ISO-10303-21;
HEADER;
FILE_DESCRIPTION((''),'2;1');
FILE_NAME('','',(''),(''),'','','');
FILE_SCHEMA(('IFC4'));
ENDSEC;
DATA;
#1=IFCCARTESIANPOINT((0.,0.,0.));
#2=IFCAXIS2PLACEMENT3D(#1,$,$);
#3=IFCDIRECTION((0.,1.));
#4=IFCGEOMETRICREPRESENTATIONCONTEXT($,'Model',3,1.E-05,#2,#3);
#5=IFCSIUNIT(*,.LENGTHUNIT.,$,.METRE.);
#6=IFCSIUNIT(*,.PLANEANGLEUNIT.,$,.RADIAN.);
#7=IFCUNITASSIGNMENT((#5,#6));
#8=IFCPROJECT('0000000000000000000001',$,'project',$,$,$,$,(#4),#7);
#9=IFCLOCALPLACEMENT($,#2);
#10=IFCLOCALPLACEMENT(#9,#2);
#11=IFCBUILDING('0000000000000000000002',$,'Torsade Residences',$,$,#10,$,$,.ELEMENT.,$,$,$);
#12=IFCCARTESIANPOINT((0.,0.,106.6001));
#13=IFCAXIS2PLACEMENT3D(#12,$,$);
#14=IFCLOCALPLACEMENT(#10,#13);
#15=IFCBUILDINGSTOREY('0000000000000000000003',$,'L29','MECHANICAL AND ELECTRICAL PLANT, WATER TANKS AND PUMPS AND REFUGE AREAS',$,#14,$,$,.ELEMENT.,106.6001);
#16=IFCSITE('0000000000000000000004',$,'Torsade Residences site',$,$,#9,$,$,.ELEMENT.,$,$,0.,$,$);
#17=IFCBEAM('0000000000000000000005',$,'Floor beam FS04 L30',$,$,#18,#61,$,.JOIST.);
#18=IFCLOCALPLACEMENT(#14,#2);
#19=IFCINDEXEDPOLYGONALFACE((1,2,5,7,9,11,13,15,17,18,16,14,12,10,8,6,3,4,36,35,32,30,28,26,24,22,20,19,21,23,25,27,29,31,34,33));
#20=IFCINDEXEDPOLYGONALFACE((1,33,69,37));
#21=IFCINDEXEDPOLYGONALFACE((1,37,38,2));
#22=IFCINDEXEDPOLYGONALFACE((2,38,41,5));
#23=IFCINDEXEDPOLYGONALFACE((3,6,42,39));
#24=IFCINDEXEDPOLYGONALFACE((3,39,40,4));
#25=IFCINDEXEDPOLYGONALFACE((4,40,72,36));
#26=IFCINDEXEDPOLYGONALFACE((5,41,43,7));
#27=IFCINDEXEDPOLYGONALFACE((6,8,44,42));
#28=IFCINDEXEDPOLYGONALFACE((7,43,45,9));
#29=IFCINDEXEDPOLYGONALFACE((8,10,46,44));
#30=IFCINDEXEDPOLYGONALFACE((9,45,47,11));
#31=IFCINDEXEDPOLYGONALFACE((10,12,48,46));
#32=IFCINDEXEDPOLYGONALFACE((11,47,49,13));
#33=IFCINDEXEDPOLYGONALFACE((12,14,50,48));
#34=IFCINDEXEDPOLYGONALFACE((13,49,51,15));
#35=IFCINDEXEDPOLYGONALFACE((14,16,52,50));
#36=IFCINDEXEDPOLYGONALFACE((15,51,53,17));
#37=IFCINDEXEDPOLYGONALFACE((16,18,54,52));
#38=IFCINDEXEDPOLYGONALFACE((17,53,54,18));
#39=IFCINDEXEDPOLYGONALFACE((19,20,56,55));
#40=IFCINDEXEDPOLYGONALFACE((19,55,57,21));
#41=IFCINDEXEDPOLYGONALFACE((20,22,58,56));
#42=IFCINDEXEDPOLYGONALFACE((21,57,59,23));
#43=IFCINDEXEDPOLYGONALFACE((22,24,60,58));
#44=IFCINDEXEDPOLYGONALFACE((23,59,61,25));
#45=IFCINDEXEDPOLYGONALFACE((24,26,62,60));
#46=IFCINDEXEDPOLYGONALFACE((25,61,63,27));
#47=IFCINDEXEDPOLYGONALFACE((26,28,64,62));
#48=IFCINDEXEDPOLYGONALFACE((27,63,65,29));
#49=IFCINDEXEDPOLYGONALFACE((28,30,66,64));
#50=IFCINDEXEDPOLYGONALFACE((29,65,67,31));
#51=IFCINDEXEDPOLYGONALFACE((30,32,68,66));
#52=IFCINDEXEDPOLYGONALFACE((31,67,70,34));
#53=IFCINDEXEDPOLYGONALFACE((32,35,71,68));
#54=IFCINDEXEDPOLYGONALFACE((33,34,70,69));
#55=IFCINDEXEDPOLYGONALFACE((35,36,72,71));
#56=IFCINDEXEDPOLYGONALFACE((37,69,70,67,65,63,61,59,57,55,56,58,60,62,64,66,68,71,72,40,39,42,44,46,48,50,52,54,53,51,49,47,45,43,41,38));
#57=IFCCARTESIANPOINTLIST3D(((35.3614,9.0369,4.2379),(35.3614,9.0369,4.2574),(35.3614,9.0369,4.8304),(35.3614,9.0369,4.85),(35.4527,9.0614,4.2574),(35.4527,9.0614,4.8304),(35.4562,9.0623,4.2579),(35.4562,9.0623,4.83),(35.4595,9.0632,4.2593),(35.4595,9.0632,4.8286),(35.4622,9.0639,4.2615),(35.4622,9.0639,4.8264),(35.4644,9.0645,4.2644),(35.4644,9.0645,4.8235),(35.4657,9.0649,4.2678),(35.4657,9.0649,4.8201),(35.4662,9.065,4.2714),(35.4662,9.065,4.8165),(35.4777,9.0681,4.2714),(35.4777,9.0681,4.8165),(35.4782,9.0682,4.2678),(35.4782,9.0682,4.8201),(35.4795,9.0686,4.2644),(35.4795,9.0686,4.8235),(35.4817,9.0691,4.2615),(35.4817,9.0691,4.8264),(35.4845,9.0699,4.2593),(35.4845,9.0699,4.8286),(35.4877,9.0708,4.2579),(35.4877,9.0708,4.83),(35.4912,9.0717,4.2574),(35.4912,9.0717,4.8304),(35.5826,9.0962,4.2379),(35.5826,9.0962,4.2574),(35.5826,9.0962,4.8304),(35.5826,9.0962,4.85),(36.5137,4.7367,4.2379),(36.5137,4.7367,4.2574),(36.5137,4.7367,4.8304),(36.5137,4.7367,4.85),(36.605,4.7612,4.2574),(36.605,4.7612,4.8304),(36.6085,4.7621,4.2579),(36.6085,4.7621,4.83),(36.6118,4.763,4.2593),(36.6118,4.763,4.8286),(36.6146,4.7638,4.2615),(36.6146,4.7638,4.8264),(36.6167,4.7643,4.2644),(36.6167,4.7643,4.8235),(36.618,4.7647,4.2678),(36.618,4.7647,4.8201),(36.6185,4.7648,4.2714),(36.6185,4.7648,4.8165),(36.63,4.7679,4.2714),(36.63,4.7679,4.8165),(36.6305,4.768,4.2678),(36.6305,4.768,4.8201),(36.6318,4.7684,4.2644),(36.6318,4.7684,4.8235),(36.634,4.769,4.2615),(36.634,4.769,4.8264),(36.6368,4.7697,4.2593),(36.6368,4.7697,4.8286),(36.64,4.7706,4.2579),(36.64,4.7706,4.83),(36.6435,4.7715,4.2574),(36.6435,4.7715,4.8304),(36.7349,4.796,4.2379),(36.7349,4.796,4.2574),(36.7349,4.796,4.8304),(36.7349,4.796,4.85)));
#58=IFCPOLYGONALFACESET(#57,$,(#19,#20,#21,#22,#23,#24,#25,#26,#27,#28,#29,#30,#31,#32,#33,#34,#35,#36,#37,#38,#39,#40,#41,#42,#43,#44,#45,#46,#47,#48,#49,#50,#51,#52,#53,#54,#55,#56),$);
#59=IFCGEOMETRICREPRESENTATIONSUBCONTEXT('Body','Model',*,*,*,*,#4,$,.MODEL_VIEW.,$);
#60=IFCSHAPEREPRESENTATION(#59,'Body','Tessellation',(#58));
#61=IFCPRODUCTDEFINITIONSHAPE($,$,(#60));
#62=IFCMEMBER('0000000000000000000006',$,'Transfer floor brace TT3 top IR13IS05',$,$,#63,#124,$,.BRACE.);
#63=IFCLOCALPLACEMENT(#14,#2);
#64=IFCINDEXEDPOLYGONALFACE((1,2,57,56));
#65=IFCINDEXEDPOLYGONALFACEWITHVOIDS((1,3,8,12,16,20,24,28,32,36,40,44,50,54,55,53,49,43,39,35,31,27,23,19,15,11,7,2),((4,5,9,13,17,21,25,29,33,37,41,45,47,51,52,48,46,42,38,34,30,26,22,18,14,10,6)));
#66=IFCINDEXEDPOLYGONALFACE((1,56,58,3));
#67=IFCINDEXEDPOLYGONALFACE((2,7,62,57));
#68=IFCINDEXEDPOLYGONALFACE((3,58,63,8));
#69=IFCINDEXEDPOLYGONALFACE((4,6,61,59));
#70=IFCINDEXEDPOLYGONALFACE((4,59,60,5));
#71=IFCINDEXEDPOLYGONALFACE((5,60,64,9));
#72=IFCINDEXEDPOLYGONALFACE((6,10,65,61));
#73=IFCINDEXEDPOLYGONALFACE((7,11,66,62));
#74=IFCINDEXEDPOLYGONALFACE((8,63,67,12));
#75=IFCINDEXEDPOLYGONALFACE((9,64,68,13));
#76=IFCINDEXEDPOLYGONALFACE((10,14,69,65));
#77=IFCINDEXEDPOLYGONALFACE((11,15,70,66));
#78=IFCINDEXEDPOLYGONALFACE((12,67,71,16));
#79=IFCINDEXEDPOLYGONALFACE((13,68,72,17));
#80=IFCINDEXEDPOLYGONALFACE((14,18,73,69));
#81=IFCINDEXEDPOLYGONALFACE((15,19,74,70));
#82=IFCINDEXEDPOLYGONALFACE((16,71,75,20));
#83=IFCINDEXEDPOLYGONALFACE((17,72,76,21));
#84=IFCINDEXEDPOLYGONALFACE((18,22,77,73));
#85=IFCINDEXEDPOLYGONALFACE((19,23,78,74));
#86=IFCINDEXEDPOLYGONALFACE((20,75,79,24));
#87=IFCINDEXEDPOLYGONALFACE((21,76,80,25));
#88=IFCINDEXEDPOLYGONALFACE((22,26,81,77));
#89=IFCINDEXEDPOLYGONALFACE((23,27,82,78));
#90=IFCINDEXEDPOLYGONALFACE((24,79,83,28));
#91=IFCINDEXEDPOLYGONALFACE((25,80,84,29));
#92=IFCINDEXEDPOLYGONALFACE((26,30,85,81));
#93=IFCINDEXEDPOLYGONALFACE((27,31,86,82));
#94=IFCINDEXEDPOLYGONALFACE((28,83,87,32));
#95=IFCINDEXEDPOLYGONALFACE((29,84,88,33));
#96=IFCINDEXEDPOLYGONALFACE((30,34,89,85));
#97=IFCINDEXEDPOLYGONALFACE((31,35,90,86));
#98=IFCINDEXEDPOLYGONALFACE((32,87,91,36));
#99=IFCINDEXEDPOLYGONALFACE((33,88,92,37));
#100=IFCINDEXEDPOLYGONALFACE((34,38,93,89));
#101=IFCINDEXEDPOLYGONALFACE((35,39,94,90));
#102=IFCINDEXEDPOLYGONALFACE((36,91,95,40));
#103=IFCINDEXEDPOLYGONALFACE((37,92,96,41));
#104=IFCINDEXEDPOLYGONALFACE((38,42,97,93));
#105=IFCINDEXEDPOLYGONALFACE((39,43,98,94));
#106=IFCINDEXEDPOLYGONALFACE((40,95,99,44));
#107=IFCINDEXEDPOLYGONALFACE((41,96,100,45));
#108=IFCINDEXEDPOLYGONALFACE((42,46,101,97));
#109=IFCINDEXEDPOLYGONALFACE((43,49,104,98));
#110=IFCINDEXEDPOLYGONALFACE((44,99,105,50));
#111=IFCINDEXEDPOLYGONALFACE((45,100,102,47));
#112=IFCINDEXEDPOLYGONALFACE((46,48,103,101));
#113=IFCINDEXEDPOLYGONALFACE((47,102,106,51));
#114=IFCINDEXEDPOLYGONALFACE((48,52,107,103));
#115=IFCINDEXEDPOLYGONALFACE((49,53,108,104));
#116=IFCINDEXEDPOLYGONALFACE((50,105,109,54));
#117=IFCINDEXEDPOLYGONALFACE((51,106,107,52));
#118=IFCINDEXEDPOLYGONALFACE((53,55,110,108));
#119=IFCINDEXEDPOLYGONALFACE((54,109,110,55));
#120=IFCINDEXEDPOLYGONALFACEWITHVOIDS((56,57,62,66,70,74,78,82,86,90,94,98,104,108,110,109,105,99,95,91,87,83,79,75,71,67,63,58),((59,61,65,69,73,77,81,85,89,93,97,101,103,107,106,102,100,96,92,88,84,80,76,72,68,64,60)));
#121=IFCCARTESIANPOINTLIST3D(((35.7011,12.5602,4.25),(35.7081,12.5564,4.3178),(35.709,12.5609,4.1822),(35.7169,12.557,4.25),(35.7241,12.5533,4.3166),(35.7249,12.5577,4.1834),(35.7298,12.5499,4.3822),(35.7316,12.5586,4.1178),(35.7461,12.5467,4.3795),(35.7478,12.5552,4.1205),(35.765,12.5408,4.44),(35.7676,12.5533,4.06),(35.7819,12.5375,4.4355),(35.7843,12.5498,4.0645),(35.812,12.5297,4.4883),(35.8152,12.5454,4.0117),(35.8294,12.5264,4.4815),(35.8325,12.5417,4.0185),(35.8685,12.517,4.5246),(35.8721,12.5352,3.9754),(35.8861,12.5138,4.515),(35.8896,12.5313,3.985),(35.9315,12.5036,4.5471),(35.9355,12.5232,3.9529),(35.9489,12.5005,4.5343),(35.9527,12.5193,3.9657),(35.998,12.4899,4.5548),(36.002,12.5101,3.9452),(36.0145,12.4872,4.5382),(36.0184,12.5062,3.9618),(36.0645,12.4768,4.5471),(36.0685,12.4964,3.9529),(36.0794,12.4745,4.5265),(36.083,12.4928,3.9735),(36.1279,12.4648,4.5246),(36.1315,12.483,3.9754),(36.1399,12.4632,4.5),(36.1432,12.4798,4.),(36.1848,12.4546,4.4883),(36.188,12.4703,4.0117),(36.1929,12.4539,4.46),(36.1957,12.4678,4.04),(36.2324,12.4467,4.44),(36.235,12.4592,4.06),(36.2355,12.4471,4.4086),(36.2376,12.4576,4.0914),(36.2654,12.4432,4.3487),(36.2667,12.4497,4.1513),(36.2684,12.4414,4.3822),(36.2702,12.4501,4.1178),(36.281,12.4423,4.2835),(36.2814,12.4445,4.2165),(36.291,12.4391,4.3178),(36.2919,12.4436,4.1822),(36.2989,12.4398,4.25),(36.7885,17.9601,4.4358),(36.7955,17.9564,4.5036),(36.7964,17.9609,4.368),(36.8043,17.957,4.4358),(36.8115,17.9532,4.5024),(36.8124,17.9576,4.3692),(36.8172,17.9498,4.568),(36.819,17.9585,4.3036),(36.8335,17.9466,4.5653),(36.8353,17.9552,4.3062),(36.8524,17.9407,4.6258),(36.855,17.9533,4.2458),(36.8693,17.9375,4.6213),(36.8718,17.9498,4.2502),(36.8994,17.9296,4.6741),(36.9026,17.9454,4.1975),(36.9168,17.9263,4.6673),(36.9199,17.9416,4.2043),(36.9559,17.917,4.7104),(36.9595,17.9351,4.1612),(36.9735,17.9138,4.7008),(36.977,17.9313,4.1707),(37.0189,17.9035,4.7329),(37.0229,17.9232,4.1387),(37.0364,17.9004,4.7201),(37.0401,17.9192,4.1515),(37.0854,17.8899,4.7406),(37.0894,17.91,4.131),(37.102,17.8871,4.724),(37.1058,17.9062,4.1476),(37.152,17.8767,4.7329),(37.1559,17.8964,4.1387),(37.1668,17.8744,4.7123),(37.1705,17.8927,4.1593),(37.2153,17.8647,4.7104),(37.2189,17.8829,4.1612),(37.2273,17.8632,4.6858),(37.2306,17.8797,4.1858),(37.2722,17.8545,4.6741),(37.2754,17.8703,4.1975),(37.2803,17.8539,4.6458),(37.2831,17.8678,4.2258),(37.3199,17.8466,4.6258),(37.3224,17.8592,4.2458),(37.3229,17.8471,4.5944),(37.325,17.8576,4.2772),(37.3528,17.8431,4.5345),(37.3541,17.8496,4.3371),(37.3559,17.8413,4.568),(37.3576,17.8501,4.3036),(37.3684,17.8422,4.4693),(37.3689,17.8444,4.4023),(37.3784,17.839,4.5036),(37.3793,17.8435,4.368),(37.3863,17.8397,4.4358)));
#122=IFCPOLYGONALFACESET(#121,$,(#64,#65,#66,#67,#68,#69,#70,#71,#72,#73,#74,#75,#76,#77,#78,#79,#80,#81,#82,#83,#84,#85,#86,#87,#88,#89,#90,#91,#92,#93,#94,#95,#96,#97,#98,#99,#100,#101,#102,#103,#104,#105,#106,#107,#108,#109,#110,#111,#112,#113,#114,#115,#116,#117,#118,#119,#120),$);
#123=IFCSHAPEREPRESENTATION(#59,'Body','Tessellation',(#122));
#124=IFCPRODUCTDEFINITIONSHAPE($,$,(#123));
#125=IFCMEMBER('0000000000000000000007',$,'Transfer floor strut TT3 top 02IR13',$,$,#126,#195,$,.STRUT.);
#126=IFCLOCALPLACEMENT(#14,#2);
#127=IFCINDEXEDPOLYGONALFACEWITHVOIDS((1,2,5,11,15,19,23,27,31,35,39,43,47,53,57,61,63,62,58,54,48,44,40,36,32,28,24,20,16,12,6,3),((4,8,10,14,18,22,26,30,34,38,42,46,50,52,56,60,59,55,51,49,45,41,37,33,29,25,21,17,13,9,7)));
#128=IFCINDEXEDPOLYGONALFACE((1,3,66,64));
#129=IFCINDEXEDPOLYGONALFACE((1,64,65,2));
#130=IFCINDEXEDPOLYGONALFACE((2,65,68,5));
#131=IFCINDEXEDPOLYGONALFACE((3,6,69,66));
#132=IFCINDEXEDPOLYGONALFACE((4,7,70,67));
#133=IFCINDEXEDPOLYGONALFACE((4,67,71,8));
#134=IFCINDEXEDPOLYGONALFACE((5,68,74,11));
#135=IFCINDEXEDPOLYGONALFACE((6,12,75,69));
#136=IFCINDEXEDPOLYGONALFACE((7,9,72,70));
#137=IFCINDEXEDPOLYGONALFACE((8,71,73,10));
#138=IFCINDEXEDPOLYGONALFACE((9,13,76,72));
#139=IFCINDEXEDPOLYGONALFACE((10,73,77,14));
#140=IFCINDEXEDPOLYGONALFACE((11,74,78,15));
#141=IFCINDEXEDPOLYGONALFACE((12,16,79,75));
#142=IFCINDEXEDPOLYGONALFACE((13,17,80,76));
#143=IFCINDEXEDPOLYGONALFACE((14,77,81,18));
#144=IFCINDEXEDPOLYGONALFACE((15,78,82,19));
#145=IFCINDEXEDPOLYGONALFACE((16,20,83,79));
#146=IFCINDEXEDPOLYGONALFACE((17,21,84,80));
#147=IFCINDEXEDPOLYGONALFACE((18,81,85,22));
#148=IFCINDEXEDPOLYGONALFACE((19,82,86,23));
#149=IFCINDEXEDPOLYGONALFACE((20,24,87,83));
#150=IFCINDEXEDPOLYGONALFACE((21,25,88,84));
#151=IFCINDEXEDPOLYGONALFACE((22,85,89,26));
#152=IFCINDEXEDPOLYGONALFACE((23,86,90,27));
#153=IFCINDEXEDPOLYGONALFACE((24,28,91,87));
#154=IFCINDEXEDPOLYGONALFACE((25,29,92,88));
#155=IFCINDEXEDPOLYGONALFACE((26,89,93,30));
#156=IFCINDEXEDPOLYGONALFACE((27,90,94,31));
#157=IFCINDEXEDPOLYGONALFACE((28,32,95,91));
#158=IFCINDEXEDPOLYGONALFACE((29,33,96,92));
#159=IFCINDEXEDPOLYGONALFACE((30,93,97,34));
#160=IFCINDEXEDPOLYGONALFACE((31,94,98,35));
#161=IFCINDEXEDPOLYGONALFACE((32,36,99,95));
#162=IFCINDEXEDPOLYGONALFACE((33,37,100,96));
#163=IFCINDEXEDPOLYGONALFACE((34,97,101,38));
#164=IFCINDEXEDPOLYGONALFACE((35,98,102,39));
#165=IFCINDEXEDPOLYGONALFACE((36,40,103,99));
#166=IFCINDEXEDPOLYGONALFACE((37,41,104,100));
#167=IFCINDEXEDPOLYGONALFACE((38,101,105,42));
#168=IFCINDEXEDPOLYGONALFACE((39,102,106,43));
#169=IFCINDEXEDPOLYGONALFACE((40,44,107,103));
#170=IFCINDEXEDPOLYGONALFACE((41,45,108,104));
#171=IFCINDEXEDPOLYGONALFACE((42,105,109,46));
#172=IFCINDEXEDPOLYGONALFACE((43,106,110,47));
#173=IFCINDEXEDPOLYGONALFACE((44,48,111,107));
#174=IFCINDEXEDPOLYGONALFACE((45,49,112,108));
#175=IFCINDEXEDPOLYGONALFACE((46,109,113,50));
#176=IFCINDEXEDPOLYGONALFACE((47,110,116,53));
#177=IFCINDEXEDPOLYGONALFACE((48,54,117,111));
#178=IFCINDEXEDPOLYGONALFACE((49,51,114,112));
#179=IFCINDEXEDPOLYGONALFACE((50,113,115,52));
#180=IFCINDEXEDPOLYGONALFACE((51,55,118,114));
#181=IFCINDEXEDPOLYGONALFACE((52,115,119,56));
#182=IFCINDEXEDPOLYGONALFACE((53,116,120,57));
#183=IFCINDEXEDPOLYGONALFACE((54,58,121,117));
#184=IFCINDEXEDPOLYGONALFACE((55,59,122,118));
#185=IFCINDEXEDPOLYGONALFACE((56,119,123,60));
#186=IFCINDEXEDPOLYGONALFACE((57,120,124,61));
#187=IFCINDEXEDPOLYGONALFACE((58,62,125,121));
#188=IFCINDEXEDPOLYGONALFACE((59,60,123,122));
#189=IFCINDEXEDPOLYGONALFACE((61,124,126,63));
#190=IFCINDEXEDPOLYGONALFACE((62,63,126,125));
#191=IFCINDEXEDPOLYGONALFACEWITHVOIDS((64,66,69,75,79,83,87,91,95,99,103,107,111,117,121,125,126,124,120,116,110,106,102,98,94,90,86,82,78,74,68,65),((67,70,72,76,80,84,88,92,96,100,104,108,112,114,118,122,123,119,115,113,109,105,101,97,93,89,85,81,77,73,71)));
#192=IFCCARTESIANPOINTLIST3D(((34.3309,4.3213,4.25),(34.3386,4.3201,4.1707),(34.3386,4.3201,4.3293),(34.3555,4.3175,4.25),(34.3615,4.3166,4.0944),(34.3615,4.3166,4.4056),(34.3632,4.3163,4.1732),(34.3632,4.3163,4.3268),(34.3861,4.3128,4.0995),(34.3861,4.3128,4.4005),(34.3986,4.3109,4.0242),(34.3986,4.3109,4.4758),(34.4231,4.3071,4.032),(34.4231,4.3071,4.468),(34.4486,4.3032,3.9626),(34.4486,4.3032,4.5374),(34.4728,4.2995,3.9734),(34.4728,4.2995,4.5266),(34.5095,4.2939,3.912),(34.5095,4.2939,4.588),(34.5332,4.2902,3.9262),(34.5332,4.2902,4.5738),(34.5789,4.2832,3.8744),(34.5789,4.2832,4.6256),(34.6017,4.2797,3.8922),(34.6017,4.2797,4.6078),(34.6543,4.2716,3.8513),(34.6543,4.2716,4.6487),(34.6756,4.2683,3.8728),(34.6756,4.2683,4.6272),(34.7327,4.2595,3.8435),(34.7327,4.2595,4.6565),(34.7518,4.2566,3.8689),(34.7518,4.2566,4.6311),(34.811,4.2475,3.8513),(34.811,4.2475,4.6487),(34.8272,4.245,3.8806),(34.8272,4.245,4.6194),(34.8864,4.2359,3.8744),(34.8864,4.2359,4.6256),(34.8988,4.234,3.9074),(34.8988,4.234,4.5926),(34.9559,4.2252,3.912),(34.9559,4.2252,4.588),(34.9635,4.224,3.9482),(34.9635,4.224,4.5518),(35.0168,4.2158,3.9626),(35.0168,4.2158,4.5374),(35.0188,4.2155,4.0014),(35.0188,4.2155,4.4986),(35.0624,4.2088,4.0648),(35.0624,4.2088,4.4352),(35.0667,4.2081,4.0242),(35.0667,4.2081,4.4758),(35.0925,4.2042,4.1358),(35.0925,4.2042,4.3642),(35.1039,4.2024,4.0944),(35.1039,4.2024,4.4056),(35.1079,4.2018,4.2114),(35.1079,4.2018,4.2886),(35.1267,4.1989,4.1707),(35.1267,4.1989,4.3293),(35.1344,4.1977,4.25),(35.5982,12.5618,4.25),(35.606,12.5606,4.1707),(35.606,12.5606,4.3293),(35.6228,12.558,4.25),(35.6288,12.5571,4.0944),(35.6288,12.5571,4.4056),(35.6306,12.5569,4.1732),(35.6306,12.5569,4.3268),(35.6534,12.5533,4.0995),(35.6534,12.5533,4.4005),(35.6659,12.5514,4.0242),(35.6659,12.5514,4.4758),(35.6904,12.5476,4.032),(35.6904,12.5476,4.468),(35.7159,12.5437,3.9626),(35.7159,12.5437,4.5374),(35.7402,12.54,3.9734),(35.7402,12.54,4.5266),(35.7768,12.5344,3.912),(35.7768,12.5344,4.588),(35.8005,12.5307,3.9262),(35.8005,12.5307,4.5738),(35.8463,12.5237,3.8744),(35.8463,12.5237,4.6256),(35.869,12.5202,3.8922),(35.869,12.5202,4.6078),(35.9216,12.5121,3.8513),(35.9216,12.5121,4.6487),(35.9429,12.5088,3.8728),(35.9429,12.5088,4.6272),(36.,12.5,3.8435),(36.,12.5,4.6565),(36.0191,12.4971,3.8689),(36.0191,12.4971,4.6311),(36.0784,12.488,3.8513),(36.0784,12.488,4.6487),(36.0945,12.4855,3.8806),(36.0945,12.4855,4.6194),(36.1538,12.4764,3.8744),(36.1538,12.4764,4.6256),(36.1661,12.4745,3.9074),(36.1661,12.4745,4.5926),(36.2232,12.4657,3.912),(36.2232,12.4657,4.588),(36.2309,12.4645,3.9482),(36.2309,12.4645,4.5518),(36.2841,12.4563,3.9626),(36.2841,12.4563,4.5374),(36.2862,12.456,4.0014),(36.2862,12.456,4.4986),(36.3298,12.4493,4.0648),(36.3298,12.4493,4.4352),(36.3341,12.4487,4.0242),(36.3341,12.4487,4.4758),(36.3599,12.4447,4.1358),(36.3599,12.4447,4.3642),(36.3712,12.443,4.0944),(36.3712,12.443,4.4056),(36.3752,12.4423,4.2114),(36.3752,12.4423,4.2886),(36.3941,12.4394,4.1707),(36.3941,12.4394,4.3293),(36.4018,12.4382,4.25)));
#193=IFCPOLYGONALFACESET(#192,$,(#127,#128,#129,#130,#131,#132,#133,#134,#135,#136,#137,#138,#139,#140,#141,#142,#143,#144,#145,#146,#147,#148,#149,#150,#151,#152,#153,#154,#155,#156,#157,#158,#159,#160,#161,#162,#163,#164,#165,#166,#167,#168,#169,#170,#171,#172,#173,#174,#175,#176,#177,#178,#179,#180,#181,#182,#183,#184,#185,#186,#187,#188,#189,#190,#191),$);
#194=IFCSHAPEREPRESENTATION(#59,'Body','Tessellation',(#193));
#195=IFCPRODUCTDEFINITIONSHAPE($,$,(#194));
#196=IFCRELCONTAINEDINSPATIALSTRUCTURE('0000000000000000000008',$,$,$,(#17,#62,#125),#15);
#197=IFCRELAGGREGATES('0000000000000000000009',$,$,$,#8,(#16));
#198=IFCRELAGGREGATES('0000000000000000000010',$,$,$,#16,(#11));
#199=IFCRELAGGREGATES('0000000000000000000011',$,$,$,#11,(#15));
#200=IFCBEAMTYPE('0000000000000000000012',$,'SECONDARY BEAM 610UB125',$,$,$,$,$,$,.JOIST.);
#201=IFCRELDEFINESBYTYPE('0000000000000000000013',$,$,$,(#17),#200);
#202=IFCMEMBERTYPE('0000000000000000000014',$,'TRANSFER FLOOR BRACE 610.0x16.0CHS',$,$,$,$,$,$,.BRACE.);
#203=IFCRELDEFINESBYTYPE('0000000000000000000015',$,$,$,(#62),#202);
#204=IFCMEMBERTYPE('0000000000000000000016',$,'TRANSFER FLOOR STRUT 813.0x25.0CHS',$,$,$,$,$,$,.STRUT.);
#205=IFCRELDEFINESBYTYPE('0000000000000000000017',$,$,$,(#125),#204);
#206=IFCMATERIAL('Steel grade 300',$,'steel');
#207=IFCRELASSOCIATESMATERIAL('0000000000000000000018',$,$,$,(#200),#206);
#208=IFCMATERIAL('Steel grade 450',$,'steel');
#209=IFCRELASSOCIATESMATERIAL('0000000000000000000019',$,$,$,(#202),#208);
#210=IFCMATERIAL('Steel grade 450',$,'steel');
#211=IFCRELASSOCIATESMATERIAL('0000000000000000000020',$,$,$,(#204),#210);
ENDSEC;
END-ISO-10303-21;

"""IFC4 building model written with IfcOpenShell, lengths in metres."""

from ifc_helpers import new_model, si_unit, direction, frame, origin, origin_2d, place, context, subcontext, project, spatial, hollow_circle, i_section, extrude, material, material_profile, profile_set, type_object, element, save


model = new_model("IFC4")

# Units and contexts
model_context = context("Model", 3, precision=1e-05, world=origin(), true_north=direction((0.0, 1.0)))
body_context = subcontext(model_context, "Body", "Model", "MODEL_VIEW")
ifc_project = project(units=[si_unit("LENGTHUNIT", "METRE"), si_unit("PLANEANGLEUNIT", "RADIAN")], contexts=[model_context])

# Site, building, storey
site_placement = place(None, origin())
site = spatial("IfcSite", under=ifc_project, at=site_placement, Name="Torsade Residences site", CompositionType="ELEMENT", RefElevation=0.0)
building_placement = place(site_placement, origin())
building = spatial("IfcBuilding", under=site, at=building_placement, Name="Torsade Residences", CompositionType="ELEMENT")
storey_placement = place(building_placement, frame((0.0, 0.0, 106.6001)))
storey = spatial("IfcBuildingStorey", under=building, at=storey_placement, Name="L29", Description="MECHANICAL AND ELECTRICAL PLANT, WATER TANKS AND PUMPS AND REFUGE AREAS", CompositionType="ELEMENT", Elevation=106.6001)

# Beam
ifc_material_1 = material(Name="Steel grade 300", Category="steel")
ifc_material_profile_1 = material_profile(ifc_material_1, i_section(OverallWidth=0.229, OverallDepth=0.6121, WebThickness=0.012, FlangeThickness=0.0195, FilletRadius=0.0139, at=origin_2d()), Name="610UB125")
ifc_profile_set_1 = profile_set([ifc_material_profile_1], Name="Steel grade 300")
beam_type_1 = type_object("IfcBeamType", Name="SECONDARY BEAM 610UB125", PredefinedType="JOIST", material=ifc_profile_set_1)
beam_1_placement = place(storey_placement, frame((36.6243, 4.7664, 4.5439), z_axis=(-0.258837, 0.965921, 0.0), x_axis=(-0.965921, -0.258837, 0.0)))
element("IfcBeam", 1, at=beam_1_placement, inside=storey, type_object=beam_type_1, Name="Floor beam FS04 L30", PredefinedType="JOIST", context=body_context, shape_type="SweptSolid", body=[
    extrude(i_section(OverallWidth=0.229, OverallDepth=0.6121, WebThickness=0.012, FlangeThickness=0.0195, FilletRadius=0.0139, at=origin_2d()), origin(), (0.0, 0.0, 1.0), 4.4519),
])

# Members
ifc_material_2 = material(Name="Steel grade 450", Category="steel")
ifc_material_profile_2 = material_profile(ifc_material_2, hollow_circle(Radius=0.3049, WallThickness=0.0161, at=origin_2d()), Name="610.0x16.0CHS")
ifc_profile_set_2 = profile_set([ifc_material_profile_2], Name="Steel grade 450")
member_type_1 = type_object("IfcMemberType", Name="TRANSFER FLOOR BRACE 610.0x16.0CHS", PredefinedType="BRACE", material=ifc_profile_set_2)
member_1_placement = place(storey_placement, frame((36.0, 12.5, 4.25), z_axis=(0.197299, 0.979764, 0.03371), x_axis=(-0.980321, 0.197412, 0.0)))
element("IfcMember", 2, at=member_1_placement, inside=storey, type_object=member_type_1, Name="Transfer floor brace TT3 top IR13IS05", PredefinedType="BRACE", context=body_context, shape_type="SweptSolid", body=[
    extrude(hollow_circle(Radius=0.3049, WallThickness=0.0161, at=origin_2d()), origin(), (0.0, 0.0, 1.0), 5.5115),
])
ifc_material_3 = material(Name="Steel grade 450", Category="steel")
ifc_material_profile_3 = material_profile(ifc_material_3, hollow_circle(Radius=0.4065, WallThickness=0.0249, at=origin_2d()), Name="813.0x25.0CHS")
ifc_profile_set_3 = profile_set([ifc_material_profile_3], Name="Steel grade 450")
member_type_2 = type_object("IfcMemberType", Name="TRANSFER FLOOR STRUT 813.0x25.0CHS", PredefinedType="STRUT", material=ifc_profile_set_3)
member_2_placement = place(storey_placement, frame((34.7327, 4.2595, 4.25), z_axis=(0.152007, 0.988379, 0.0), x_axis=(-0.988379, 0.152007, 0.0)))
element("IfcMember", 3, at=member_2_placement, inside=storey, type_object=member_type_2, Name="Transfer floor strut TT3 top 02IR13", PredefinedType="STRUT", context=body_context, shape_type="SweptSolid", body=[
    extrude(hollow_circle(Radius=0.4065, WallThickness=0.0249, at=origin_2d()), origin(), (0.0, 0.0, 1.0), 8.3374),
])

save(model, "model.ifc")
